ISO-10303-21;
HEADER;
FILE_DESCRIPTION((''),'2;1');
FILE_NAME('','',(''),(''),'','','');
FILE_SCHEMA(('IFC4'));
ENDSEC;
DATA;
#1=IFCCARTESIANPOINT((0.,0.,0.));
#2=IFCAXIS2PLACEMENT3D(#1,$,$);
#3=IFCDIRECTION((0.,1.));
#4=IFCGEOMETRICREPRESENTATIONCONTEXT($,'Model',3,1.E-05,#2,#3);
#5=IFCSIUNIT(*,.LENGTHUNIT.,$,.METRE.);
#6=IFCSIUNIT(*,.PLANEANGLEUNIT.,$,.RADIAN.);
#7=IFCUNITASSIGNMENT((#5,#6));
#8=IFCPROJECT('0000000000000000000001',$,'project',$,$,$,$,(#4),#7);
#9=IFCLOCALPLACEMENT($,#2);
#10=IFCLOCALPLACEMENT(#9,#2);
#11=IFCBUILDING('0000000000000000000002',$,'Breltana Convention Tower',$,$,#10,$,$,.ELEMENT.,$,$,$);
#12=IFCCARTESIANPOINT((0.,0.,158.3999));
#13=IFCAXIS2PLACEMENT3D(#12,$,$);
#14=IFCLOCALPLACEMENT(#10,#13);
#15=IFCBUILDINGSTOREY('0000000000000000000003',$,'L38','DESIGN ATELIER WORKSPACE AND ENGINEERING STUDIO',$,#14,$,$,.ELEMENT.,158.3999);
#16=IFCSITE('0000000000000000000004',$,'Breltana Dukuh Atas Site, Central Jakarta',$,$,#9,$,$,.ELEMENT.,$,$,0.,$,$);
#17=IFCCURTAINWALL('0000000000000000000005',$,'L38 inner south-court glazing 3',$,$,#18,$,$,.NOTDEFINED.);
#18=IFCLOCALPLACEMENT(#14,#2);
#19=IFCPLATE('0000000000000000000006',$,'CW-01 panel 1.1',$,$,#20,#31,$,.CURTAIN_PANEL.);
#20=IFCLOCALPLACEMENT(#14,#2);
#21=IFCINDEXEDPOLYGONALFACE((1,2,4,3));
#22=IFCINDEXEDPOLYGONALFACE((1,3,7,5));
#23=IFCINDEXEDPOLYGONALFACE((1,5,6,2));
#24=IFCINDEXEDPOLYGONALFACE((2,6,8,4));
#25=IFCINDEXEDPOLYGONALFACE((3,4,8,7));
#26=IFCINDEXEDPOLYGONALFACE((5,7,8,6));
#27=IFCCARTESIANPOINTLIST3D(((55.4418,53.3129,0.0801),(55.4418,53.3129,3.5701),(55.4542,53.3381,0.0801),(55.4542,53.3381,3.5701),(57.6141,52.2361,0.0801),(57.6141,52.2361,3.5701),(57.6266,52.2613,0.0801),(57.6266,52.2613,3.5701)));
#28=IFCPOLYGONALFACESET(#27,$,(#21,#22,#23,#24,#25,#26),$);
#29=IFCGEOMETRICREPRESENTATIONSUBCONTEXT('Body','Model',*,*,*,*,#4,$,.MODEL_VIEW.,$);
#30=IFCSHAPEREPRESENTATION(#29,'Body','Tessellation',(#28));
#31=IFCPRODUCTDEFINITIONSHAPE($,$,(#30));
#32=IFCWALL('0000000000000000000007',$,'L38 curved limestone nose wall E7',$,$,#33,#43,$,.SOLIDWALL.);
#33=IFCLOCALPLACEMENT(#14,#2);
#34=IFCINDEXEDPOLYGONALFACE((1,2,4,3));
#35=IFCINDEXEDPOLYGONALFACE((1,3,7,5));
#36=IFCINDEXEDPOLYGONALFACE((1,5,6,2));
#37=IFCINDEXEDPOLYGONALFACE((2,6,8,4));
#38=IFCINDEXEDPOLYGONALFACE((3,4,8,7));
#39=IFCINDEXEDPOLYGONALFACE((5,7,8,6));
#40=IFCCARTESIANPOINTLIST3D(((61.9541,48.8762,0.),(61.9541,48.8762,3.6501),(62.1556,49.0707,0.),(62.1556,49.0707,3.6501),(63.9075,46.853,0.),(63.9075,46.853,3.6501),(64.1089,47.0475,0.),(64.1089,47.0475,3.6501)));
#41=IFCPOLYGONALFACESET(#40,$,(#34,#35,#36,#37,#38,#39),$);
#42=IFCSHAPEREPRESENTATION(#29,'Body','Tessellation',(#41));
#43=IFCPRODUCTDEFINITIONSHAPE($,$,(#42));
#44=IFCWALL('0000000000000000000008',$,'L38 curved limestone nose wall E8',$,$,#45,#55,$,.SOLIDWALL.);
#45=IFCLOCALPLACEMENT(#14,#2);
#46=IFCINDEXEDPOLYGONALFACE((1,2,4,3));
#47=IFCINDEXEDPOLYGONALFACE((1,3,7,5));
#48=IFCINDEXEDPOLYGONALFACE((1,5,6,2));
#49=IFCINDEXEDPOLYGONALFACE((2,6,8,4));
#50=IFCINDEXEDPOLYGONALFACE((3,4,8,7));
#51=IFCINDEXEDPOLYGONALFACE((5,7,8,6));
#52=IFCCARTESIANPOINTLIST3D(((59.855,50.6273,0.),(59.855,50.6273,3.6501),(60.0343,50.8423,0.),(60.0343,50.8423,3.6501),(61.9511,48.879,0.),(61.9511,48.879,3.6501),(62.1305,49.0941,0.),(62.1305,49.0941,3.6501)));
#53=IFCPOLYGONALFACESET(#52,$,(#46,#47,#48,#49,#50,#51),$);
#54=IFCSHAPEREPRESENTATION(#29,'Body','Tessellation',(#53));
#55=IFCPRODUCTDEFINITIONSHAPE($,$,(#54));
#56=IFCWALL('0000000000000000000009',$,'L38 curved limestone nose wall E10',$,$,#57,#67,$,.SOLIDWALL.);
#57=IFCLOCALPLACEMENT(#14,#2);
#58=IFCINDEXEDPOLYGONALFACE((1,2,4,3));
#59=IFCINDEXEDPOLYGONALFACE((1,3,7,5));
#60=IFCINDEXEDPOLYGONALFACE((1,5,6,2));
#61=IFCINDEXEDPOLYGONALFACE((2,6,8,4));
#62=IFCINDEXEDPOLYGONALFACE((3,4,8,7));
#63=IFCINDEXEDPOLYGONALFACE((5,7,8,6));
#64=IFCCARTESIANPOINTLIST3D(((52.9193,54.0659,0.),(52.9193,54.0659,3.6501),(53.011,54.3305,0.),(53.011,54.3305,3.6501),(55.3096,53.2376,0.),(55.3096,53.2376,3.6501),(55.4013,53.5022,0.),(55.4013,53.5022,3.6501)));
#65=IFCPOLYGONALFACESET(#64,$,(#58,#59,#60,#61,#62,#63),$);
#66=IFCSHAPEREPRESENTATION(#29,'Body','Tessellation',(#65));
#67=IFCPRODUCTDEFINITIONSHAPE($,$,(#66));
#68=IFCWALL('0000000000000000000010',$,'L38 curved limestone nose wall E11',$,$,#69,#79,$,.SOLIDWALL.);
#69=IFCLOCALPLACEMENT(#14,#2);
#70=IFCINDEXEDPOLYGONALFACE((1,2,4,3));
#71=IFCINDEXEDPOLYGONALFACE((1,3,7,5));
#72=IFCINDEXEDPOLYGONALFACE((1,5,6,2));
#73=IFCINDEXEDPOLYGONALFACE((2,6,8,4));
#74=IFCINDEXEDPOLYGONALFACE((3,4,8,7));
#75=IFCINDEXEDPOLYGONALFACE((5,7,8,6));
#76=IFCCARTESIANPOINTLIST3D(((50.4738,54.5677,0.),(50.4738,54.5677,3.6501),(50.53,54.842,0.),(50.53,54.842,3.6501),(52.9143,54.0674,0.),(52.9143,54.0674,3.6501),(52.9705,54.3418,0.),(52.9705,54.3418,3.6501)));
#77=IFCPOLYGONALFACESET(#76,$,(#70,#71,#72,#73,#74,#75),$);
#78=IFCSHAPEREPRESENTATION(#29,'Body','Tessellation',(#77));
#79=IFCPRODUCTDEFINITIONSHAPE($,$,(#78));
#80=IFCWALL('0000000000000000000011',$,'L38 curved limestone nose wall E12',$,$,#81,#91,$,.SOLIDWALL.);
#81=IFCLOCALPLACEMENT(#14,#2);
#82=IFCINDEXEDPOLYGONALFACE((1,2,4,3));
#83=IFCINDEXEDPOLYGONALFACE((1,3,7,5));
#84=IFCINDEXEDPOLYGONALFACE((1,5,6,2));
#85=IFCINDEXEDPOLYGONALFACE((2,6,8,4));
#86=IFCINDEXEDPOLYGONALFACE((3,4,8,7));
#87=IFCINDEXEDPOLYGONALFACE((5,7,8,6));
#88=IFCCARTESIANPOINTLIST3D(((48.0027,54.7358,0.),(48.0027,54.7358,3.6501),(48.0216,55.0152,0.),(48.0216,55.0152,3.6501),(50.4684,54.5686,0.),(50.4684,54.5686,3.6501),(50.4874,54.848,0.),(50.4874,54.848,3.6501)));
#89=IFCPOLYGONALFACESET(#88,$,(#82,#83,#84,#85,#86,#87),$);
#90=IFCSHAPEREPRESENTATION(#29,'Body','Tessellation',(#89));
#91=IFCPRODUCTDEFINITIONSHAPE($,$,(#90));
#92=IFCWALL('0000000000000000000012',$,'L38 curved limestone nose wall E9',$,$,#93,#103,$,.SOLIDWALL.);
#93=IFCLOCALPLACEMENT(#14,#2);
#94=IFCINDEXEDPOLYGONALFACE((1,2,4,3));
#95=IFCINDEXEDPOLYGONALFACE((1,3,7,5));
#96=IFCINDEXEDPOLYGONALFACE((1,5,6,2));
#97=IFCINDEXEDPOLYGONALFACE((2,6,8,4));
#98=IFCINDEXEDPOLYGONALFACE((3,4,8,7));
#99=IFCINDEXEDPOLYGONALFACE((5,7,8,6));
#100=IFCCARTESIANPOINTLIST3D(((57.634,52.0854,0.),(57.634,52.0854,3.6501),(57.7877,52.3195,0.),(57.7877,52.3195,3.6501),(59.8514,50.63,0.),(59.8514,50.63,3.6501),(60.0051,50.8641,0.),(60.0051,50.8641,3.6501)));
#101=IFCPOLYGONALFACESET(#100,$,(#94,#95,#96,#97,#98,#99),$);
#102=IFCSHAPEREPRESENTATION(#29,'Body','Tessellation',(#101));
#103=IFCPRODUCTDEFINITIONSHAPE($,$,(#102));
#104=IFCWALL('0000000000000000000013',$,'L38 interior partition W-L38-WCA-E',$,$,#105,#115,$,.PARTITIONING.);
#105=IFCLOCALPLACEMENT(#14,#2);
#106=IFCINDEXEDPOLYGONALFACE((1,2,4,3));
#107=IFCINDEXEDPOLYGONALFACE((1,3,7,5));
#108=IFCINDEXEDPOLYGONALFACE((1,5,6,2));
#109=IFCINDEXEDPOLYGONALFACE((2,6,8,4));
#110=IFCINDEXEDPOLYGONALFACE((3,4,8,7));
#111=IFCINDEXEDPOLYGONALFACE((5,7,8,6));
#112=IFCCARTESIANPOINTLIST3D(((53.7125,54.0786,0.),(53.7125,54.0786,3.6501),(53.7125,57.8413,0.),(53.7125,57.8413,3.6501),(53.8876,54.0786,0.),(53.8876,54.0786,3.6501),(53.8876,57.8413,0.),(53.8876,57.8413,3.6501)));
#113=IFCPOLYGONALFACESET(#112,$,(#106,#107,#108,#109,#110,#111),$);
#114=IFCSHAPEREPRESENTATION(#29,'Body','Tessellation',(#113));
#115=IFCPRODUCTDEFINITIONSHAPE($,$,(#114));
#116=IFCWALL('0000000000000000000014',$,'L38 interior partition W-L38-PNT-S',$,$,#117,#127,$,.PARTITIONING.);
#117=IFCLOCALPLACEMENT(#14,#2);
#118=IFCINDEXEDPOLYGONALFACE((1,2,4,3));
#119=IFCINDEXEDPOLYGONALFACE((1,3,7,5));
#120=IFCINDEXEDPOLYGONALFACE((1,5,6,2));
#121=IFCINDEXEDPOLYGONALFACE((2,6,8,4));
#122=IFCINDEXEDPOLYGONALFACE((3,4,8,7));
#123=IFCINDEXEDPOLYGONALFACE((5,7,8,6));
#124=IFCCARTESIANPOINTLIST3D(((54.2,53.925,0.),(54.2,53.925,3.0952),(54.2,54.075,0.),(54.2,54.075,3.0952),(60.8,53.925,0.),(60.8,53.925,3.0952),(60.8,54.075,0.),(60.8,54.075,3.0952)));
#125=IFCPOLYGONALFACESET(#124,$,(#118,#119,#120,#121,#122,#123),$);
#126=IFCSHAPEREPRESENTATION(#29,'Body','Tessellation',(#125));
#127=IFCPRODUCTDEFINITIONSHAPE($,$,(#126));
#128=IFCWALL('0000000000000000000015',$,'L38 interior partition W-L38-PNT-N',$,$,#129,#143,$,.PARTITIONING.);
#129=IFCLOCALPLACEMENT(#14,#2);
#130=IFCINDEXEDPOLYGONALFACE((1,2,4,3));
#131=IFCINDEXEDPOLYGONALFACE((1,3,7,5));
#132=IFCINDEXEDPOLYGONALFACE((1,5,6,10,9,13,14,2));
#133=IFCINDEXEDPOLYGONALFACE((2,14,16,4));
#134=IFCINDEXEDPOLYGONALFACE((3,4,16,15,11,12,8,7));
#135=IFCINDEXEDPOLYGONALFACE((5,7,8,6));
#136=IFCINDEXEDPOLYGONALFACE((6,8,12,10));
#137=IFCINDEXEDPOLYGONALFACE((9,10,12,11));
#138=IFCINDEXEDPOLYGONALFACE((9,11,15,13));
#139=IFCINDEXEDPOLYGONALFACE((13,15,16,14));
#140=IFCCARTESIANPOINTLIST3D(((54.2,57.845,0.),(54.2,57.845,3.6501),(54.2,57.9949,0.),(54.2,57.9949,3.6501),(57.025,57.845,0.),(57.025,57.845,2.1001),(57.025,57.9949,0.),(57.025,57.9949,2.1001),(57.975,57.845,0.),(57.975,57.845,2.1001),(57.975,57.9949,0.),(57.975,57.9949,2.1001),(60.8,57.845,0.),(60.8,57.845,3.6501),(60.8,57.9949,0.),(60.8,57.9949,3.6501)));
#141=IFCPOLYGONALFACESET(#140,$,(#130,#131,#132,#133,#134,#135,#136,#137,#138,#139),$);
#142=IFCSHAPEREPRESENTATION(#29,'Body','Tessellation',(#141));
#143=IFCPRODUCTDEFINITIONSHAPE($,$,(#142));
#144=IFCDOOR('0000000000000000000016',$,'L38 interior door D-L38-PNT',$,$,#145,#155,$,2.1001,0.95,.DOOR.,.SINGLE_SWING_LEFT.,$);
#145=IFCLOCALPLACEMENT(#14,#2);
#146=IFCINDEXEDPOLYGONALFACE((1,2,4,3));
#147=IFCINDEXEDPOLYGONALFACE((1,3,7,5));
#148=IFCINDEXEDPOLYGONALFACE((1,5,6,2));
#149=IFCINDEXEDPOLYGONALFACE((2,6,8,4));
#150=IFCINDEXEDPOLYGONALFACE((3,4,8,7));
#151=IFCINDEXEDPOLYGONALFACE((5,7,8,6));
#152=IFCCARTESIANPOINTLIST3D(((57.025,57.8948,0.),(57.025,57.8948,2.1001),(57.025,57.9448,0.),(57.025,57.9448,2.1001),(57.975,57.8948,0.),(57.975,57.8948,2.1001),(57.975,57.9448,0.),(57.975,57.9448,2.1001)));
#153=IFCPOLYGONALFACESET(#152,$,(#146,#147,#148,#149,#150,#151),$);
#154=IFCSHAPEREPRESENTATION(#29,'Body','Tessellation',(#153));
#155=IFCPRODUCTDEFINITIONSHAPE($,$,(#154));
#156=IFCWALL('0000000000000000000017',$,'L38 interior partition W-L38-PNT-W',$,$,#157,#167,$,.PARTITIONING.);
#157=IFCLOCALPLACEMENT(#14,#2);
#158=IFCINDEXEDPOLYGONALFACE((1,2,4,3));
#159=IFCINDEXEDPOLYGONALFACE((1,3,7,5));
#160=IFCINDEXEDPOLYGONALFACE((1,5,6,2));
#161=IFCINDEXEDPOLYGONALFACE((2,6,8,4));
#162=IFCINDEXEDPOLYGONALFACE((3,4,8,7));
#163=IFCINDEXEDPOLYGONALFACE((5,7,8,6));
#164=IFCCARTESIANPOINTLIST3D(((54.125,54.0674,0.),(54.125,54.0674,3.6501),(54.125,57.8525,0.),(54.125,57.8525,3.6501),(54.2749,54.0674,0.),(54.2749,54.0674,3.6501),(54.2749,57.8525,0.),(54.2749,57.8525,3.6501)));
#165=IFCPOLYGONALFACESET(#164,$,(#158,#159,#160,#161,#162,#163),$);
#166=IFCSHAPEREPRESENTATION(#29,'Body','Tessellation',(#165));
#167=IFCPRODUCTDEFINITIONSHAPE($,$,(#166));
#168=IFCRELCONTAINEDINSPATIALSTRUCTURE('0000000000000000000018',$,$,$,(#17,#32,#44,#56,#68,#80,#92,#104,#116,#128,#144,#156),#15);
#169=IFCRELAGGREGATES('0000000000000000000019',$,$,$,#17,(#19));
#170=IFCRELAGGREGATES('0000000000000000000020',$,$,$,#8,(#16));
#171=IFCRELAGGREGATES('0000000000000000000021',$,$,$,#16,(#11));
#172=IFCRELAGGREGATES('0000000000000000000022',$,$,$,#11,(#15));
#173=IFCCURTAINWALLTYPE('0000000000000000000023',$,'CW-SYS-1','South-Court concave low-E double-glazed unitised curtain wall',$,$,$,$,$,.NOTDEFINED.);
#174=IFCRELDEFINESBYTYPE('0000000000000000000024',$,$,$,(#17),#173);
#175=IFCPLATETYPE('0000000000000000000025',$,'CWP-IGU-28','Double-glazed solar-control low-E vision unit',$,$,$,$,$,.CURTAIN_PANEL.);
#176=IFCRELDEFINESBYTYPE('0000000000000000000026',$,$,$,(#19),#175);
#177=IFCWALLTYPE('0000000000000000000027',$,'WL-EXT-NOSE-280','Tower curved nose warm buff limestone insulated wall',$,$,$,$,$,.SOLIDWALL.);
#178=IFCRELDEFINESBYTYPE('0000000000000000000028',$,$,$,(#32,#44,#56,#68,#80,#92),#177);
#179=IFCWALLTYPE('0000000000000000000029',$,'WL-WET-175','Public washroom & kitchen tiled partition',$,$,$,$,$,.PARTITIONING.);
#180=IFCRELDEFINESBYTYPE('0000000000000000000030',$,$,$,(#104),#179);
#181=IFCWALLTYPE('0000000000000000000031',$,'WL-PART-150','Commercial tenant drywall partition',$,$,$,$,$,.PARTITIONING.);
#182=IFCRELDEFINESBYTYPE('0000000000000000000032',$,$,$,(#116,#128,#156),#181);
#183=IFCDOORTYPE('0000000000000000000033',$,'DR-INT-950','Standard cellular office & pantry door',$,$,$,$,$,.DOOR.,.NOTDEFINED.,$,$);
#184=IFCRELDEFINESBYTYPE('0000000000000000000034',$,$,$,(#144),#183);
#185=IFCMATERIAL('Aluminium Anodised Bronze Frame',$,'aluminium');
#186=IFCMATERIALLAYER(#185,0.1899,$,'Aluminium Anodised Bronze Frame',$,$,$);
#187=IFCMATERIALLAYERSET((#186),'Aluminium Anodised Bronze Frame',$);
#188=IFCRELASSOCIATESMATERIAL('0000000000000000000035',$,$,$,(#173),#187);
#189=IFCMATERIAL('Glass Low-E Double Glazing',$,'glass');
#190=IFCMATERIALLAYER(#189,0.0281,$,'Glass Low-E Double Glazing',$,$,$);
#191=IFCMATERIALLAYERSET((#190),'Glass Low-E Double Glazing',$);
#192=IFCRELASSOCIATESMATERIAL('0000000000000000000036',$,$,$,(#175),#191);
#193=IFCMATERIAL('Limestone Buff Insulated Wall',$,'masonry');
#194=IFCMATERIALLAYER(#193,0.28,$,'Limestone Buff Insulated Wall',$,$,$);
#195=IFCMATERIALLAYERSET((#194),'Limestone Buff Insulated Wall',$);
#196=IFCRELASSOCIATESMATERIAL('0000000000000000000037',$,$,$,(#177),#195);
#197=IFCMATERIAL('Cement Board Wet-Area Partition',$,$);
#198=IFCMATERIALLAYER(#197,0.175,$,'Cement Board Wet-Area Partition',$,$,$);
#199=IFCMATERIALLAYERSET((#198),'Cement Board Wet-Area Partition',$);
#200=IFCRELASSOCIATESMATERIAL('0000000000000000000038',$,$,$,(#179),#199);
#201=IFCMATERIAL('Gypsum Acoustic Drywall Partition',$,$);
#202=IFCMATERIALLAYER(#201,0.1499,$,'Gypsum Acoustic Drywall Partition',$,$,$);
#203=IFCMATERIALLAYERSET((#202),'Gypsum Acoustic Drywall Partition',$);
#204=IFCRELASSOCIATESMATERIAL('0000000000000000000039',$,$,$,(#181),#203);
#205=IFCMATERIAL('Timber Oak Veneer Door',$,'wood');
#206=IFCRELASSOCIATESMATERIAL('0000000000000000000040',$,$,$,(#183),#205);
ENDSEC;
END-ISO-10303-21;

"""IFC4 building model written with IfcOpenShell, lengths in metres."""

from ifc_helpers import new_model, si_unit, direction, frame, frame_2d, origin, origin_2d, place, context, subcontext, project, spatial, rectangle, extrude, source, transform, mapped, material, layer, layer_set, type_object, type_shapes, element, fill, aggregate, save


model = new_model("IFC4")

# Units and contexts
model_context = context("Model", 3, precision=1e-05, world=origin(), true_north=direction((0.0, 1.0)))
body_context = subcontext(model_context, "Body", "Model", "MODEL_VIEW")
ifc_project = project(units=[si_unit("LENGTHUNIT", "METRE"), si_unit("PLANEANGLEUNIT", "RADIAN")], contexts=[model_context])

# Site, building, storey
site_placement = place(None, origin())
site = spatial("IfcSite", under=ifc_project, at=site_placement, Name="Breltana Dukuh Atas Site, Central Jakarta", CompositionType="ELEMENT", RefElevation=0.0)
building_placement = place(site_placement, origin())
building = spatial("IfcBuilding", under=site, at=building_placement, Name="Breltana Convention Tower", CompositionType="ELEMENT")
storey_placement = place(building_placement, frame((0.0, 0.0, 158.3999)))
storey = spatial("IfcBuildingStorey", under=building, at=storey_placement, Name="L38", Description="DESIGN ATELIER WORKSPACE AND ENGINEERING STUDIO", CompositionType="ELEMENT", Elevation=158.3999)

# Shared definitions
ifc_material_1 = material(Name="Aluminium Anodised Bronze Frame", Category="aluminium")
ifc_layer_1 = layer(ifc_material_1, 0.1899, Name="Aluminium Anodised Bronze Frame")
ifc_layer_set_1 = layer_set([ifc_layer_1], Name="Aluminium Anodised Bronze Frame")
curtain_wall_type = type_object("IfcCurtainWallType", Name="CW-SYS-1", Description="South-Court concave low-E double-glazed unitised curtain wall", PredefinedType="NOTDEFINED", material=ifc_layer_set_1)

# Curtain wall
curtain_wall_1_placement = place(storey_placement, origin())
curtain_wall_1 = element("IfcCurtainWall", 1, at=curtain_wall_1_placement, inside=storey, type_object=curtain_wall_type, Name="L38 inner south-court glazing 3", PredefinedType="NOTDEFINED")

# Plate
ifc_material_2 = material(Name="Glass Low-E Double Glazing", Category="glass")
ifc_layer_2 = layer(ifc_material_2, 0.0281, Name="Glass Low-E Double Glazing")
ifc_layer_set_2 = layer_set([ifc_layer_2], Name="Glass Low-E Double Glazing")
plate_type = type_object("IfcPlateType", Name="CWP-IGU-28", Description="Double-glazed solar-control low-E vision unit", PredefinedType="CURTAIN_PANEL", material=ifc_layer_set_2)
shared_shape_1 = source(origin(), body_context, "Body", "SweptSolid", [
    extrude(rectangle(XDim=2.4246, YDim=0.0281, at=origin_2d()), origin(), (0.0, 0.0, 1.0), 3.49),
])
plate_1_placement = place(storey_placement, frame((56.5342, 52.7871, 0.0801), z_axis=(0.0, 0.0, 1.0), x_axis=(-0.89597, 0.444115, 0.0)))
plate_1 = element("IfcPlate", 2, at=plate_1_placement, type_object=plate_type, Name="CW-01 panel 1.1", PredefinedType="CURTAIN_PANEL", context=body_context, shape_type="MappedRepresentation", body=[
    mapped(shared_shape_1, transform((0.0, 0.0, 0.0), scale=1.0)),
])
aggregate(curtain_wall_1, [plate_1])

# Walls
ifc_material_3 = material(Name="Limestone Buff Insulated Wall", Category="masonry")
ifc_layer_3 = layer(ifc_material_3, 0.28, Name="Limestone Buff Insulated Wall")
ifc_layer_set_3 = layer_set([ifc_layer_3], Name="Limestone Buff Insulated Wall")
wall_type_1 = type_object("IfcWallType", Name="WL-EXT-NOSE-280", Description="Tower curved nose warm buff limestone insulated wall", PredefinedType="SOLIDWALL", material=ifc_layer_set_3)
shared_shape_2 = source(origin(), body_context, "Body", "SweptSolid", [
    extrude(rectangle(XDim=2.8123, YDim=0.28, at=frame_2d((1.4062, 0.0))), origin(), (0.0, 0.0, 1.0), 3.6501),
])
wall_1_placement = place(storey_placement, frame((64.0083, 46.9502, 0.0), z_axis=(0.0, 0.0, 1.0), x_axis=(-0.694584, 0.719412, 0.0)))
element("IfcWall", 3, at=wall_1_placement, inside=storey, type_object=wall_type_1, Name="L38 curved limestone nose wall E7", PredefinedType="SOLIDWALL", context=body_context, shape_type="MappedRepresentation", body=[
    mapped(shared_shape_2, transform((0.0, 0.0, 0.0), scale=1.0)),
])
shared_shape_3 = source(origin(), body_context, "Body", "SweptSolid", [
    extrude(rectangle(XDim=2.7295, YDim=0.28, at=frame_2d((1.3647, 0.0))), origin(), (0.0, 0.0, 1.0), 3.6501),
])
wall_2_placement = place(storey_placement, frame((62.0408, 48.9866, 0.0), z_axis=(0.0, 0.0, 1.0), x_axis=(-0.767957, 0.640501, 0.0)))
element("IfcWall", 4, at=wall_2_placement, inside=storey, type_object=wall_type_1, Name="L38 curved limestone nose wall E8", PredefinedType="SOLIDWALL", context=body_context, shape_type="MappedRepresentation", body=[
    mapped(shared_shape_3, transform((0.0, 0.0, 0.0), scale=1.0)),
])
shared_shape_4 = source(origin(), body_context, "Body", "SweptSolid", [
    extrude(rectangle(XDim=2.5298, YDim=0.28, at=frame_2d((1.2649, 0.0))), origin(), (0.0, 0.0, 1.0), 3.6501),
])
wall_3_placement = place(storey_placement, frame((55.3555, 53.3699, 0.0), z_axis=(0.0, 0.0, 1.0), x_axis=(-0.944872, 0.327439, 0.0)))
element("IfcWall", 5, at=wall_3_placement, inside=storey, type_object=wall_type_1, Name="L38 curved limestone nose wall E10", PredefinedType="SOLIDWALL", context=body_context, shape_type="MappedRepresentation", body=[
    mapped(shared_shape_4, transform((0.0, 0.0, 0.0), scale=1.0)),
])
shared_shape_5 = source(origin(), body_context, "Body", "SweptSolid", [
    extrude(rectangle(XDim=2.4912, YDim=0.28, at=frame_2d((1.2456, 0.0))), origin(), (0.0, 0.0, 1.0), 3.6501),
])
wall_4_placement = place(storey_placement, frame((52.9424, 54.2046, 0.0), z_axis=(0.0, 0.0, 1.0), x_axis=(-0.979631, 0.200807, 0.0)))
element("IfcWall", 6, at=wall_4_placement, inside=storey, type_object=wall_type_1, Name="L38 curved limestone nose wall E11", PredefinedType="SOLIDWALL", context=body_context, shape_type="MappedRepresentation", body=[
    mapped(shared_shape_5, transform((0.0, 0.0, 0.0), scale=1.0)),
])
shared_shape_6 = source(origin(), body_context, "Body", "SweptSolid", [
    extrude(rectangle(XDim=2.4714, YDim=0.28, at=frame_2d((1.2358, 0.0))), origin(), (0.0, 0.0, 1.0), 3.6501),
])
wall_5_placement = place(storey_placement, frame((50.478, 54.7083, 0.0), z_axis=(0.0, 0.0, 1.0), x_axis=(-0.997708, 0.067666, 0.0)))
element("IfcWall", 7, at=wall_5_placement, inside=storey, type_object=wall_type_1, Name="L38 curved limestone nose wall E12", PredefinedType="SOLIDWALL", context=body_context, shape_type="MappedRepresentation", body=[
    mapped(shared_shape_6, transform((0.0, 0.0, 0.0), scale=1.0)),
])
shared_shape_7 = source(origin(), body_context, "Body", "SweptSolid", [
    extrude(rectangle(XDim=2.6523, YDim=0.28, at=frame_2d((1.3262, 0.0))), origin(), (0.0, 0.0, 1.0), 3.6501),
])
wall_6_placement = place(storey_placement, frame((59.9282, 50.7471, 0.0), z_axis=(0.0, 0.0, 1.0), x_axis=(-0.836008, 0.548717, 0.0)))
element("IfcWall", 8, at=wall_6_placement, inside=storey, type_object=wall_type_1, Name="L38 curved limestone nose wall E9", PredefinedType="SOLIDWALL", context=body_context, shape_type="MappedRepresentation", body=[
    mapped(shared_shape_7, transform((0.0, 0.0, 0.0), scale=1.0)),
])
ifc_material_4 = material(Name="Cement Board Wet-Area Partition")
ifc_layer_4 = layer(ifc_material_4, 0.175, Name="Cement Board Wet-Area Partition")
ifc_layer_set_4 = layer_set([ifc_layer_4], Name="Cement Board Wet-Area Partition")
wall_type_2 = type_object("IfcWallType", Name="WL-WET-175", Description="Public washroom & kitchen tiled partition", PredefinedType="PARTITIONING", material=ifc_layer_set_4)
shared_shape_8 = source(origin(), body_context, "Body", "SweptSolid", [
    extrude(rectangle(XDim=3.7627, YDim=0.175, at=frame_2d((1.8813, 0.0))), origin(), (0.0, 0.0, 1.0), 3.6501),
])
wall_7_placement = place(storey_placement, frame((53.8, 54.0786, 0.0), z_axis=(0.0, 0.0, 1.0), x_axis=(0.0, 1.0, 0.0)))
element("IfcWall", 9, at=wall_7_placement, inside=storey, type_object=wall_type_2, Name="L38 interior partition W-L38-WCA-E", PredefinedType="PARTITIONING", context=body_context, shape_type="MappedRepresentation", body=[
    mapped(shared_shape_8, transform((0.0, 0.0, 0.0), scale=1.0)),
])

# Wall
ifc_material_5 = material(Name="Gypsum Acoustic Drywall Partition")
ifc_layer_5 = layer(ifc_material_5, 0.1499, Name="Gypsum Acoustic Drywall Partition")
ifc_layer_set_5 = layer_set([ifc_layer_5], Name="Gypsum Acoustic Drywall Partition")
wall_type_3 = type_object("IfcWallType", Name="WL-PART-150", Description="Commercial tenant drywall partition", PredefinedType="PARTITIONING", material=ifc_layer_set_5)
shared_shape_9 = source(origin(), body_context, "Body", "SweptSolid", [
    extrude(rectangle(XDim=6.6001, YDim=0.1499, at=frame_2d((3.3, 0.0))), origin(), (0.0, 0.0, 1.0), 3.0952),
])
wall_8_placement = place(storey_placement, frame((54.2, 54.0, 0.0), z_axis=(0.0, 0.0, 1.0), x_axis=(1.0, 0.0, 0.0)))
element("IfcWall", 10, at=wall_8_placement, inside=storey, type_object=wall_type_3, Name="L38 interior partition W-L38-PNT-S", PredefinedType="PARTITIONING", context=body_context, shape_type="MappedRepresentation", body=[
    mapped(shared_shape_9, transform((0.0, 0.0, 0.0), scale=1.0)),
])

# Wall, opening, door
shared_shape_10 = source(origin(), body_context, "Body", "SweptSolid", [
    extrude(rectangle(XDim=6.6001, YDim=0.1499, at=frame_2d((3.3, 0.0))), origin(), (0.0, 0.0, 1.0), 3.6501),
])
wall_9_placement = place(storey_placement, frame((54.2, 57.9199, 0.0), z_axis=(0.0, 0.0, 1.0), x_axis=(1.0, 0.0, 0.0)))
wall_9 = element("IfcWall", 11, at=wall_9_placement, inside=storey, type_object=wall_type_3, Name="L38 interior partition W-L38-PNT-N", PredefinedType="PARTITIONING", context=body_context, shape_type="MappedRepresentation", body=[
    mapped(shared_shape_10, transform((0.0, 0.0, 0.0), scale=1.0)),
])
opening_1_placement = place(wall_9_placement, frame((2.825, 0.0, 0.0)))
opening_1 = element("IfcOpeningElement", 12, at=opening_1_placement, cuts=wall_9, PredefinedType="OPENING", context=body_context, shape_type="SweptSolid", body=[
    extrude(rectangle(XDim=0.95, YDim=2.1001, at=frame_2d((0.4751, 1.05))), frame((0.0, 0.085, 0.0), z_axis=(0.0, -1.0, 0.0), x_axis=(1.0, 0.0, 0.0)), (0.0, 0.0, 1.0), 0.1699),
])
ifc_material_6 = material(Name="Timber Oak Veneer Door", Category="wood")
door_type_1 = type_object("IfcDoorType", Name="DR-INT-950", Description="Standard cellular office & pantry door", OperationType="NOTDEFINED", PredefinedType="DOOR", material=ifc_material_6)
shared_shape_11 = source(origin(), body_context, "Body", "SweptSolid", [
    extrude(rectangle(XDim=0.95, YDim=2.1001, at=frame_2d((0.4751, 1.05))), frame((0.0, 0.0249, 0.0), z_axis=(0.0, -1.0, 0.0), x_axis=(1.0, 0.0, 0.0)), (0.0, 0.0, 1.0), 0.05),
])
type_shapes(door_type_1, [shared_shape_11])
door_1_placement = place(opening_1_placement, origin())
door_1 = element("IfcDoor", 13, at=door_1_placement, inside=storey, type_object=door_type_1, Name="L38 interior door D-L38-PNT", OperationType="SINGLE_SWING_LEFT", OverallHeight=2.1001, OverallWidth=0.95, PredefinedType="DOOR", context=body_context, shape_type="MappedRepresentation", body=[
    mapped(shared_shape_11, transform((0.0, 0.0, 0.0), scale=1.0)),
])
fill(opening_1, door_1)

# Wall
shared_shape_12 = source(origin(), body_context, "Body", "SweptSolid", [
    extrude(rectangle(XDim=3.7852, YDim=0.1499, at=frame_2d((1.8926, 0.0))), origin(), (0.0, 0.0, 1.0), 3.6501),
])
for number, where, z_axis, x_axis, name in (
    (14, (54.2, 54.0674, 0.0), (0.0, 0.0, 1.0), (0.0, 1.0, 0.0), "L38 interior partition W-L38-PNT-W"),
):
    element("IfcWall", number, at=place(storey_placement, frame(where, z_axis=z_axis, x_axis=x_axis)), inside=storey, type_object=wall_type_3, Name=name, PredefinedType="PARTITIONING", context=body_context, shape_type="MappedRepresentation", body=[
        mapped(shared_shape_12, transform((0.0, 0.0, 0.0), scale=1.0)),
    ])

save(model, "model.ifc")
